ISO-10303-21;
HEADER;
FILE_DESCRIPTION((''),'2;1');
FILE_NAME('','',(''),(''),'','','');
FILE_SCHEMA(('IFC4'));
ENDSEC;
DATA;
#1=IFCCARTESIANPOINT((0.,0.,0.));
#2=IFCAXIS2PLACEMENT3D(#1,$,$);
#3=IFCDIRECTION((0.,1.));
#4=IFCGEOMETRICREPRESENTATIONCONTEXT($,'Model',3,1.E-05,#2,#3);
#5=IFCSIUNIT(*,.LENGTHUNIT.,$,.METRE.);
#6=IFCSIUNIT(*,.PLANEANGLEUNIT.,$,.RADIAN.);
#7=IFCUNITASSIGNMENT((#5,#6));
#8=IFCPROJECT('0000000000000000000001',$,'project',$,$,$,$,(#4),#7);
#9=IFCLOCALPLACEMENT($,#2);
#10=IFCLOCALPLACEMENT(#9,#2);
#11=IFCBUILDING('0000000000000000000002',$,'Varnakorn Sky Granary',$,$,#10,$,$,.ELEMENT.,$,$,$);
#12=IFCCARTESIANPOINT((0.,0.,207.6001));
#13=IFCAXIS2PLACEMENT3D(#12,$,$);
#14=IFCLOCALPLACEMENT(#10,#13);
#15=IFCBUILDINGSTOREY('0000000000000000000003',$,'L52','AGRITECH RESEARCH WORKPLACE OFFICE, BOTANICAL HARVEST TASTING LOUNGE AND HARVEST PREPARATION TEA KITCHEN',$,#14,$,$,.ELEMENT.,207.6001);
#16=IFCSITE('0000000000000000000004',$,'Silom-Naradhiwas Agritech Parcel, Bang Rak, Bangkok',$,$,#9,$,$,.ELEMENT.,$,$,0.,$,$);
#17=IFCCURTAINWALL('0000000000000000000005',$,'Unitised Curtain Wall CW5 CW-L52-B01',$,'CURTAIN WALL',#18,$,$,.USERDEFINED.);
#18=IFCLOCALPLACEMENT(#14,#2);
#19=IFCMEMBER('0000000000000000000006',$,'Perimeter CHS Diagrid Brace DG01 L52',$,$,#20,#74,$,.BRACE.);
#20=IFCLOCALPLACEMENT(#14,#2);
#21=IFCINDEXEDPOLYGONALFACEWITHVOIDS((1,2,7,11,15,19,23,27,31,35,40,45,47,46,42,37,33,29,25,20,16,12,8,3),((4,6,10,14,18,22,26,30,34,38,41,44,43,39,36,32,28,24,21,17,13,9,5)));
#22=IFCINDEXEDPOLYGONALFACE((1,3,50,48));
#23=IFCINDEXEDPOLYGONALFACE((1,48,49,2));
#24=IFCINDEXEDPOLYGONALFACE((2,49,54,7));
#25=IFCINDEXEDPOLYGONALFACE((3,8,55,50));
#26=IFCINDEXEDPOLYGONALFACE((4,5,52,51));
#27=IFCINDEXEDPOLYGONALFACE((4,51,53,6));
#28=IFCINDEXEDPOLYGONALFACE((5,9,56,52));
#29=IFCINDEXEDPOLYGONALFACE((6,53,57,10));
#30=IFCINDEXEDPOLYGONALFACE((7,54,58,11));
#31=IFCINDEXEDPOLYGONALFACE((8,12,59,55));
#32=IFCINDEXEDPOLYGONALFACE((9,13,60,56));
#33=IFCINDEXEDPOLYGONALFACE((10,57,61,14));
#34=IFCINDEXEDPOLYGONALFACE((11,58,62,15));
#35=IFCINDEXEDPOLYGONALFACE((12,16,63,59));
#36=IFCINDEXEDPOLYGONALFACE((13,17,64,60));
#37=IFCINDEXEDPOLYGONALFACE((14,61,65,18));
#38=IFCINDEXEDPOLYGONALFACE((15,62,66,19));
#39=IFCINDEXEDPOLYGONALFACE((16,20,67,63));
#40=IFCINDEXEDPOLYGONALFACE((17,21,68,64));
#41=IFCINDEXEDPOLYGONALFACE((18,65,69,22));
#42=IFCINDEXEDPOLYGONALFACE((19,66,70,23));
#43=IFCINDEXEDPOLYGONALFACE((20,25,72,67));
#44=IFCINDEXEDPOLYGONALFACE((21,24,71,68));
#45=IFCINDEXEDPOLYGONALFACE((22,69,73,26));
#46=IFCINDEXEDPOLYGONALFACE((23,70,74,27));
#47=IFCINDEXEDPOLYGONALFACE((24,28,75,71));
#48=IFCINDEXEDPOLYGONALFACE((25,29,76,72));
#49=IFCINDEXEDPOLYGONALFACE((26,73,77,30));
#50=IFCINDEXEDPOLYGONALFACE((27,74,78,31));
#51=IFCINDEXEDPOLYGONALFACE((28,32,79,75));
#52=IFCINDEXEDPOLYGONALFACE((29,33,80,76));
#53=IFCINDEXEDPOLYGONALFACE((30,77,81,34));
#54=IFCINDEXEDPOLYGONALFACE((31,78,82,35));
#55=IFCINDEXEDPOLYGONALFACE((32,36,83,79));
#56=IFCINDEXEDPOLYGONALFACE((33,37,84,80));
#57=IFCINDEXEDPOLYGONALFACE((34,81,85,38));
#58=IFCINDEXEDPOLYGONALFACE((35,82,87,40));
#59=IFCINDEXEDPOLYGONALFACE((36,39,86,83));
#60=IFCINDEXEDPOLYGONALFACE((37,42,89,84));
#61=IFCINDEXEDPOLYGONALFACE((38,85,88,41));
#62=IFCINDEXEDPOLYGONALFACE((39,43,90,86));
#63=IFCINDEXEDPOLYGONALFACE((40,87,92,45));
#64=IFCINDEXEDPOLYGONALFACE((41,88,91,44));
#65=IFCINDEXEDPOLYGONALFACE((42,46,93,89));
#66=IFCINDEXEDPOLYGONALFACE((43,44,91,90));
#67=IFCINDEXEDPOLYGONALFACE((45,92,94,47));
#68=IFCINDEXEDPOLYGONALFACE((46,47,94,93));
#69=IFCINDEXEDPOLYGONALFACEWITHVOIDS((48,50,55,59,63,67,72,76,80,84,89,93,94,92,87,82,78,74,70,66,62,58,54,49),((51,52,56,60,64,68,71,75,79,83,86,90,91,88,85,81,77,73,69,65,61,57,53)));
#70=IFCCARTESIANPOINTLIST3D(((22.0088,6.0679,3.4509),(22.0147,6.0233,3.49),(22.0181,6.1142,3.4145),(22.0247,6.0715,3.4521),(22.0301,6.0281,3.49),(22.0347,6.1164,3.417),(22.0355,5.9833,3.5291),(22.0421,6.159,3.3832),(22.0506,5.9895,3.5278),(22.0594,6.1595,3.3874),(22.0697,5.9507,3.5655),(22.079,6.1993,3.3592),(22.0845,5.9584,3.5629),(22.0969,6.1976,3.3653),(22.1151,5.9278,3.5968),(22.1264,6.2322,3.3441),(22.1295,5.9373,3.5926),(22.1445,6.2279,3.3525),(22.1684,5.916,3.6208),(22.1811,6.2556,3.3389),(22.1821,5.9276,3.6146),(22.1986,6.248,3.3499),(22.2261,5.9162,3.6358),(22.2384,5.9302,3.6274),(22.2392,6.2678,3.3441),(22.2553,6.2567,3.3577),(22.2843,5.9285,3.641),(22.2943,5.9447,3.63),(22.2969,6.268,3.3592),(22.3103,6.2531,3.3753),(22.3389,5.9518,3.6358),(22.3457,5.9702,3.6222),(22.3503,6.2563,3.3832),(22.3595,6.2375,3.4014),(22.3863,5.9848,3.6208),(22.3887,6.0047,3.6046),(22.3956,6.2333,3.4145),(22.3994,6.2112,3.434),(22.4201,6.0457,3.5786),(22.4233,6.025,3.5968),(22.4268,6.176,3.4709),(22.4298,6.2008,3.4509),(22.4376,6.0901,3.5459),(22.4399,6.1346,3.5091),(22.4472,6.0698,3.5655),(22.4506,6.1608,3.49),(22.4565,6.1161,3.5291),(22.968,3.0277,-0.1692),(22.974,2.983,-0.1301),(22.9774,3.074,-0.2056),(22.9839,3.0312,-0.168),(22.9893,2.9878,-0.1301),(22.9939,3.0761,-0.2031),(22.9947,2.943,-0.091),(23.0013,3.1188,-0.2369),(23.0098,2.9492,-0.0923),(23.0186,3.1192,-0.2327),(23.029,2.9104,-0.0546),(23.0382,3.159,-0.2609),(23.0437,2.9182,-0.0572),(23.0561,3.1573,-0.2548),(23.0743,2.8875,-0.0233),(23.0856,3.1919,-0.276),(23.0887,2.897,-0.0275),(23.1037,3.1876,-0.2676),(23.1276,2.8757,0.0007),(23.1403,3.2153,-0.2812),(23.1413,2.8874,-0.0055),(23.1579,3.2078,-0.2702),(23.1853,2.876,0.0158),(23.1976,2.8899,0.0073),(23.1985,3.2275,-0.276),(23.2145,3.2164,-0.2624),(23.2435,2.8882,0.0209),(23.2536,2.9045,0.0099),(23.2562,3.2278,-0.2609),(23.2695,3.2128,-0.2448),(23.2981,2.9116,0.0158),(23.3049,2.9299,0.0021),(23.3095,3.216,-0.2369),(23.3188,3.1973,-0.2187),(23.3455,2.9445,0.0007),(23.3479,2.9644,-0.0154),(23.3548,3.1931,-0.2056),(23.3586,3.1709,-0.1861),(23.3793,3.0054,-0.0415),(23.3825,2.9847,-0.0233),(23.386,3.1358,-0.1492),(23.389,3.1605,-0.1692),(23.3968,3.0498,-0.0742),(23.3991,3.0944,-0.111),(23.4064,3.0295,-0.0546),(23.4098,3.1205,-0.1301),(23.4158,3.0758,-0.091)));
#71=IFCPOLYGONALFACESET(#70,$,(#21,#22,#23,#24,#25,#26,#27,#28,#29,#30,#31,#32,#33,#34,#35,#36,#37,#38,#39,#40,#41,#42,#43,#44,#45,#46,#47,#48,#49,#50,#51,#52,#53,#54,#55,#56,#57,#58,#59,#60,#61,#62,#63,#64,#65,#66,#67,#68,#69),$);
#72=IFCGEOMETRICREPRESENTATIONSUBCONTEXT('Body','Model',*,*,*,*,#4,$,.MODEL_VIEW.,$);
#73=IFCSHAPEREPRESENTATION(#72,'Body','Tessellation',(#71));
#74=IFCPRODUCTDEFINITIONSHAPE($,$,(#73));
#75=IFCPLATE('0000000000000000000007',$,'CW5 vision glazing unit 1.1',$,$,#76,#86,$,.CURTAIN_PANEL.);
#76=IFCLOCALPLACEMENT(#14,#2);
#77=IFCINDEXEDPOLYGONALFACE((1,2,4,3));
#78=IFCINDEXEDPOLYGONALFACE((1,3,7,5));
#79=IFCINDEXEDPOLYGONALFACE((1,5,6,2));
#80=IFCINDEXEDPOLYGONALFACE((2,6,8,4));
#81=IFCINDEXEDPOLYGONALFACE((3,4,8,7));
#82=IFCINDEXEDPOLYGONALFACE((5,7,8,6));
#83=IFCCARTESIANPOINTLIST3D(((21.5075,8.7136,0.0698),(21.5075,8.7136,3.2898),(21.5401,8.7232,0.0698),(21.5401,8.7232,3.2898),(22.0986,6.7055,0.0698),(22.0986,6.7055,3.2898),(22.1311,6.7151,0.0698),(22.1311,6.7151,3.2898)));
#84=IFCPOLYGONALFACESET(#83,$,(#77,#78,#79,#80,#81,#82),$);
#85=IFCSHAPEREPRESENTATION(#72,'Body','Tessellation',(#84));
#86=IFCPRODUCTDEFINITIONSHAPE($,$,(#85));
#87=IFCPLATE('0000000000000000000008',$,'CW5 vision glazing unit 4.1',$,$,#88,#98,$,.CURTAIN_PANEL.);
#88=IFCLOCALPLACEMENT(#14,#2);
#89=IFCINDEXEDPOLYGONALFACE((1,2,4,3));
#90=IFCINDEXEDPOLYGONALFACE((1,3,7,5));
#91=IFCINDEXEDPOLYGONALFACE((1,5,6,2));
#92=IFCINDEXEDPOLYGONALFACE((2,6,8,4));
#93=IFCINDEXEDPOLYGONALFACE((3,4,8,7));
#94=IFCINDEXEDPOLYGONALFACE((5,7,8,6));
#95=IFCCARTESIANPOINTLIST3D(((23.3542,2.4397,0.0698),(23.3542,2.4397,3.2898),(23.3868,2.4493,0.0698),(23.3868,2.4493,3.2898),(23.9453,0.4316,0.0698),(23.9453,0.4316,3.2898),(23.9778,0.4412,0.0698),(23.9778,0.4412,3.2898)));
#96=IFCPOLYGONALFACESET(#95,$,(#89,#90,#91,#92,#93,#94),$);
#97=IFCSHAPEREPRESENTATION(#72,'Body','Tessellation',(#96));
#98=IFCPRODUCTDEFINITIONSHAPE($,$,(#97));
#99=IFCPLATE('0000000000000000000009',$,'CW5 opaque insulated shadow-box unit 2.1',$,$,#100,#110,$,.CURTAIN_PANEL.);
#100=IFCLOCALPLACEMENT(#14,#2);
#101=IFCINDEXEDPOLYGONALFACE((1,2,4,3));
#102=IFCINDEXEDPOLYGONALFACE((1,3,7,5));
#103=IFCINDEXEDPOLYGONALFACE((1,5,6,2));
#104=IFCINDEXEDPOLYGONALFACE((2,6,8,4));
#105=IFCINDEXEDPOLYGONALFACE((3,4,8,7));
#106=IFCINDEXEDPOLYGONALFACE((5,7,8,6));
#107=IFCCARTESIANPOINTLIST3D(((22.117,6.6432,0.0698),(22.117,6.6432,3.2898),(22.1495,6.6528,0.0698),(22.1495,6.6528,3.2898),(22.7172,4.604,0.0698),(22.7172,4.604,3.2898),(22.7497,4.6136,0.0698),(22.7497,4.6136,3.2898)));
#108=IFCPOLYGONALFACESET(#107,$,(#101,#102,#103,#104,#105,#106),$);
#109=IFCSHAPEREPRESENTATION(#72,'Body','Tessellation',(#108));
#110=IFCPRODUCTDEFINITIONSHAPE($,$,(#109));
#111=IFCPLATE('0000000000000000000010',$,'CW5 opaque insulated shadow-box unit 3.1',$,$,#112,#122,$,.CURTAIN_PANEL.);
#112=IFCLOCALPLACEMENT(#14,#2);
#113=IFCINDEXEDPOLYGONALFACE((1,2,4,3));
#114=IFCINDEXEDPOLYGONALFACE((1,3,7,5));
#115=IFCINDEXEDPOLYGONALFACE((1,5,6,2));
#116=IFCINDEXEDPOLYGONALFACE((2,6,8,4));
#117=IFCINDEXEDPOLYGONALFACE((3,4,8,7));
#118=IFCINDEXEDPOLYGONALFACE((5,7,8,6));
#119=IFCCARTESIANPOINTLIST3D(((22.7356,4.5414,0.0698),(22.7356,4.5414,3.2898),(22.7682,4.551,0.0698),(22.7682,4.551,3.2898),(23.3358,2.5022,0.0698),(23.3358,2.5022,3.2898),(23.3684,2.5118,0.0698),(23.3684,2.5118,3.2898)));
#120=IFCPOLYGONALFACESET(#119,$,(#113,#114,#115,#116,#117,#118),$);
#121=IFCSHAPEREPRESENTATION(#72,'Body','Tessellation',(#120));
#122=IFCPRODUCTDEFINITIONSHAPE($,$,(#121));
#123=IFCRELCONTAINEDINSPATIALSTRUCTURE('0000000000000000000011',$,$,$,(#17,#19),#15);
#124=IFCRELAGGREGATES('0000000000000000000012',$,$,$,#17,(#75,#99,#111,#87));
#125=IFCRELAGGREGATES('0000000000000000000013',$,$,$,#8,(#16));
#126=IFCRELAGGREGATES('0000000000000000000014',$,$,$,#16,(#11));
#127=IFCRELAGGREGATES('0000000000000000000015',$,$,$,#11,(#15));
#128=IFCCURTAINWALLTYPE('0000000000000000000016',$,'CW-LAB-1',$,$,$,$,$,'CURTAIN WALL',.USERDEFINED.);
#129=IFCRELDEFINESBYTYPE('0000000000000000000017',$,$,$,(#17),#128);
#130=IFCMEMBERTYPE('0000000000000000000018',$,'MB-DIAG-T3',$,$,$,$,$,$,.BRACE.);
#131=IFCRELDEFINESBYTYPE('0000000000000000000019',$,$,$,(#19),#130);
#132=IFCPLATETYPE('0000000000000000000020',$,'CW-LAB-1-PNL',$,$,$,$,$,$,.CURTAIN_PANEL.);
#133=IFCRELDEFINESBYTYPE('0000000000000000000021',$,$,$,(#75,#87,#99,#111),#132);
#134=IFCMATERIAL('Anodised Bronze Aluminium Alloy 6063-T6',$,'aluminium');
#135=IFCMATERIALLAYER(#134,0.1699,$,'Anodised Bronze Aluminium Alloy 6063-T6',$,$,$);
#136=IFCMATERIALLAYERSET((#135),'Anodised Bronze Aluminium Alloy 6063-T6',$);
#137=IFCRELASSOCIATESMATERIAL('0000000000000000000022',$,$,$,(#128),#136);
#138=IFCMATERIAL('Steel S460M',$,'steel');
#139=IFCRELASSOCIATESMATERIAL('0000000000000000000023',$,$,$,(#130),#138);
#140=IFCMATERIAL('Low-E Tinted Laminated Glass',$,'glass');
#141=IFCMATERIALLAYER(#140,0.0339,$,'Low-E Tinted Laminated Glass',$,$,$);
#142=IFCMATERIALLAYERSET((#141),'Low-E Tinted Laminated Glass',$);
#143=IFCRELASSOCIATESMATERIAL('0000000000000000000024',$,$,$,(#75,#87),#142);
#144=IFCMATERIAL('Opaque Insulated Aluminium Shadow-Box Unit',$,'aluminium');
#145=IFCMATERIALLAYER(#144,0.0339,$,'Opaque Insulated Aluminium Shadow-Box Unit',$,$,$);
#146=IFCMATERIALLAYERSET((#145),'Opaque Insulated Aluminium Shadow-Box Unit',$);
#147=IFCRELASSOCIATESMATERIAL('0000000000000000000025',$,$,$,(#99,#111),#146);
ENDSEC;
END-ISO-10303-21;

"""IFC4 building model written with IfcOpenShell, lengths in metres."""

from ifc_helpers import new_model, si_unit, direction, frame, origin, origin_2d, place, context, subcontext, project, spatial, rectangle, hollow_circle, extrude, source, transform, mapped, material, layer, layer_set, material_profile, profile_set, type_object, type_shapes, element, aggregate, save


model = new_model("IFC4")

# Units and contexts
model_context = context("Model", 3, precision=1e-05, world=origin(), true_north=direction((0.0, 1.0)))
body_context = subcontext(model_context, "Body", "Model", "MODEL_VIEW")
ifc_project = project(units=[si_unit("LENGTHUNIT", "METRE"), si_unit("PLANEANGLEUNIT", "RADIAN")], contexts=[model_context])

# Site, building, storey
site_placement = place(None, origin())
site = spatial("IfcSite", under=ifc_project, at=site_placement, Name="Silom-Naradhiwas Agritech Parcel, Bang Rak, Bangkok", CompositionType="ELEMENT", RefElevation=0.0)
building_placement = place(site_placement, origin())
building = spatial("IfcBuilding", under=site, at=building_placement, Name="Varnakorn Sky Granary", CompositionType="ELEMENT")
storey_placement = place(building_placement, frame((0.0, 0.0, 207.6001)))
storey = spatial("IfcBuildingStorey", under=building, at=storey_placement, Name="L52", Description="AGRITECH RESEARCH WORKPLACE OFFICE, BOTANICAL HARVEST TASTING LOUNGE AND HARVEST PREPARATION TEA KITCHEN", CompositionType="ELEMENT", Elevation=207.6001)

# Shared definitions
ifc_material_1 = material(Name="Steel S460M", Category="steel")

# Curtain wall
ifc_material_2 = material(Name="Anodised Bronze Aluminium Alloy 6063-T6", Category="aluminium")
ifc_layer_1 = layer(ifc_material_2, 0.1699, Name="Anodised Bronze Aluminium Alloy 6063-T6")
ifc_layer_set_1 = layer_set([ifc_layer_1], Name="Anodised Bronze Aluminium Alloy 6063-T6")
curtain_wall_type = type_object("IfcCurtainWallType", Name="CW-LAB-1", ElementType="CURTAIN WALL", PredefinedType="USERDEFINED", material=ifc_layer_set_1)
curtain_wall_1_placement = place(storey_placement, origin())
curtain_wall_1 = element("IfcCurtainWall", 1, at=curtain_wall_1_placement, inside=storey, type_object=curtain_wall_type, Name="Unitised Curtain Wall CW5 CW-L52-B01", ObjectType="CURTAIN WALL", PredefinedType="USERDEFINED")

# Member
ifc_material_profile_1 = material_profile(ifc_material_1, hollow_circle(Radius=0.2285, WallThickness=0.0161, at=origin_2d()), Name="CHS 457x16")
ifc_profile_set_1 = profile_set([ifc_material_profile_1], Name="Steel S460M")
member_type_1 = type_object("IfcMemberType", Name="MB-DIAG-T3", PredefinedType="BRACE", material=ifc_profile_set_1)
member_1_placement = place(storey_placement, frame((23.1919, 3.0518, -0.1301), z_axis=(-0.198855, 0.630272, 0.750476), x_axis=(-0.95366, -0.300886, 0.0)))
element("IfcMember", 2, at=member_1_placement, inside=storey, type_object=member_type_1, Name="Perimeter CHS Diagrid Brace DG01 L52", PredefinedType="BRACE", context=body_context, shape_type="SweptSolid", body=[
    extrude(hollow_circle(Radius=0.2285, WallThickness=0.0161, at=origin_2d()), origin(), (0.0, 0.0, 1.0), 4.8237),
])

# Plates
ifc_material_3 = material(Name="Low-E Tinted Laminated Glass", Category="glass")
ifc_layer_2 = layer(ifc_material_3, 0.0339, Name="Low-E Tinted Laminated Glass")
ifc_layer_set_2 = layer_set([ifc_layer_2], Name="Low-E Tinted Laminated Glass")
plate_type = type_object("IfcPlateType", Name="CW-LAB-1-PNL", PredefinedType="CURTAIN_PANEL")
shared_shape_1 = source(origin(), body_context, "Body", "SweptSolid", [
    extrude(rectangle(XDim=2.0933, YDim=0.0339, at=origin_2d()), origin(), (0.0, 0.0, 1.0), 3.22),
])
plate_1_placement = place(storey_placement, frame((21.8193, 7.7144, 0.0698), z_axis=(0.0, 0.0, 1.0), x_axis=(0.282357, -0.95931, 0.0)))
plate_1 = element("IfcPlate", 3, at=plate_1_placement, type_object=plate_type, material=ifc_layer_set_2, Name="CW5 vision glazing unit 1.1", PredefinedType="CURTAIN_PANEL", context=body_context, shape_type="MappedRepresentation", body=[
    mapped(shared_shape_1, transform((0.0, 0.0, 0.0), x_axis=(1.0, 0.0, 0.0), y_axis=(0.0, 1.0, 0.0), z_axis=(0.0, 0.0, 1.0), scale=1.0)),
])
plate_2_placement = place(storey_placement, frame((23.666, 1.4404, 0.0698), z_axis=(0.0, 0.0, 1.0), x_axis=(0.282357, -0.95931, 0.0)))
plate_2 = element("IfcPlate", 4, at=plate_2_placement, type_object=plate_type, material=ifc_layer_set_2, Name="CW5 vision glazing unit 4.1", PredefinedType="CURTAIN_PANEL", context=body_context, shape_type="MappedRepresentation", body=[
    mapped(shared_shape_1, transform((0.0, 0.0, 0.0), x_axis=(1.0, 0.0, 0.0), y_axis=(0.0, 1.0, 0.0), z_axis=(0.0, 0.0, 1.0), scale=1.0)),
])
ifc_material_4 = material(Name="Opaque Insulated Aluminium Shadow-Box Unit", Category="aluminium")
ifc_layer_3 = layer(ifc_material_4, 0.0339, Name="Opaque Insulated Aluminium Shadow-Box Unit")
ifc_layer_set_3 = layer_set([ifc_layer_3], Name="Opaque Insulated Aluminium Shadow-Box Unit")
shared_shape_2 = source(origin(), body_context, "Body", "SweptSolid", [
    extrude(rectangle(XDim=2.1257, YDim=0.0339, at=origin_2d()), origin(), (0.0, 0.0, 1.0), 3.22),
])
type_shapes(plate_type, [shared_shape_1, shared_shape_2])
plate_3_placement = place(storey_placement, frame((22.4333, 5.6284, 0.0698), z_axis=(0.0, 0.0, 1.0), x_axis=(0.282357, -0.95931, 0.0)))
plate_3 = element("IfcPlate", 5, at=plate_3_placement, type_object=plate_type, material=ifc_layer_set_3, Name="CW5 opaque insulated shadow-box unit 2.1", PredefinedType="CURTAIN_PANEL", context=body_context, shape_type="MappedRepresentation", body=[
    mapped(shared_shape_2, transform((0.0, 0.0, 0.0), x_axis=(1.0, 0.0, 0.0), y_axis=(0.0, 1.0, 0.0), z_axis=(0.0, 0.0, 1.0), scale=1.0)),
])
plate_4_placement = place(storey_placement, frame((23.052, 3.5266, 0.0698), z_axis=(0.0, 0.0, 1.0), x_axis=(0.282357, -0.95931, 0.0)))
plate_4 = element("IfcPlate", 6, at=plate_4_placement, type_object=plate_type, material=ifc_layer_set_3, Name="CW5 opaque insulated shadow-box unit 3.1", PredefinedType="CURTAIN_PANEL", context=body_context, shape_type="MappedRepresentation", body=[
    mapped(shared_shape_2, transform((0.0, 0.0, 0.0), x_axis=(1.0, 0.0, 0.0), y_axis=(0.0, 1.0, 0.0), z_axis=(0.0, 0.0, 1.0), scale=1.0)),
])
aggregate(curtain_wall_1, [plate_1, plate_3, plate_4, plate_2])

save(model, "model.ifc")
